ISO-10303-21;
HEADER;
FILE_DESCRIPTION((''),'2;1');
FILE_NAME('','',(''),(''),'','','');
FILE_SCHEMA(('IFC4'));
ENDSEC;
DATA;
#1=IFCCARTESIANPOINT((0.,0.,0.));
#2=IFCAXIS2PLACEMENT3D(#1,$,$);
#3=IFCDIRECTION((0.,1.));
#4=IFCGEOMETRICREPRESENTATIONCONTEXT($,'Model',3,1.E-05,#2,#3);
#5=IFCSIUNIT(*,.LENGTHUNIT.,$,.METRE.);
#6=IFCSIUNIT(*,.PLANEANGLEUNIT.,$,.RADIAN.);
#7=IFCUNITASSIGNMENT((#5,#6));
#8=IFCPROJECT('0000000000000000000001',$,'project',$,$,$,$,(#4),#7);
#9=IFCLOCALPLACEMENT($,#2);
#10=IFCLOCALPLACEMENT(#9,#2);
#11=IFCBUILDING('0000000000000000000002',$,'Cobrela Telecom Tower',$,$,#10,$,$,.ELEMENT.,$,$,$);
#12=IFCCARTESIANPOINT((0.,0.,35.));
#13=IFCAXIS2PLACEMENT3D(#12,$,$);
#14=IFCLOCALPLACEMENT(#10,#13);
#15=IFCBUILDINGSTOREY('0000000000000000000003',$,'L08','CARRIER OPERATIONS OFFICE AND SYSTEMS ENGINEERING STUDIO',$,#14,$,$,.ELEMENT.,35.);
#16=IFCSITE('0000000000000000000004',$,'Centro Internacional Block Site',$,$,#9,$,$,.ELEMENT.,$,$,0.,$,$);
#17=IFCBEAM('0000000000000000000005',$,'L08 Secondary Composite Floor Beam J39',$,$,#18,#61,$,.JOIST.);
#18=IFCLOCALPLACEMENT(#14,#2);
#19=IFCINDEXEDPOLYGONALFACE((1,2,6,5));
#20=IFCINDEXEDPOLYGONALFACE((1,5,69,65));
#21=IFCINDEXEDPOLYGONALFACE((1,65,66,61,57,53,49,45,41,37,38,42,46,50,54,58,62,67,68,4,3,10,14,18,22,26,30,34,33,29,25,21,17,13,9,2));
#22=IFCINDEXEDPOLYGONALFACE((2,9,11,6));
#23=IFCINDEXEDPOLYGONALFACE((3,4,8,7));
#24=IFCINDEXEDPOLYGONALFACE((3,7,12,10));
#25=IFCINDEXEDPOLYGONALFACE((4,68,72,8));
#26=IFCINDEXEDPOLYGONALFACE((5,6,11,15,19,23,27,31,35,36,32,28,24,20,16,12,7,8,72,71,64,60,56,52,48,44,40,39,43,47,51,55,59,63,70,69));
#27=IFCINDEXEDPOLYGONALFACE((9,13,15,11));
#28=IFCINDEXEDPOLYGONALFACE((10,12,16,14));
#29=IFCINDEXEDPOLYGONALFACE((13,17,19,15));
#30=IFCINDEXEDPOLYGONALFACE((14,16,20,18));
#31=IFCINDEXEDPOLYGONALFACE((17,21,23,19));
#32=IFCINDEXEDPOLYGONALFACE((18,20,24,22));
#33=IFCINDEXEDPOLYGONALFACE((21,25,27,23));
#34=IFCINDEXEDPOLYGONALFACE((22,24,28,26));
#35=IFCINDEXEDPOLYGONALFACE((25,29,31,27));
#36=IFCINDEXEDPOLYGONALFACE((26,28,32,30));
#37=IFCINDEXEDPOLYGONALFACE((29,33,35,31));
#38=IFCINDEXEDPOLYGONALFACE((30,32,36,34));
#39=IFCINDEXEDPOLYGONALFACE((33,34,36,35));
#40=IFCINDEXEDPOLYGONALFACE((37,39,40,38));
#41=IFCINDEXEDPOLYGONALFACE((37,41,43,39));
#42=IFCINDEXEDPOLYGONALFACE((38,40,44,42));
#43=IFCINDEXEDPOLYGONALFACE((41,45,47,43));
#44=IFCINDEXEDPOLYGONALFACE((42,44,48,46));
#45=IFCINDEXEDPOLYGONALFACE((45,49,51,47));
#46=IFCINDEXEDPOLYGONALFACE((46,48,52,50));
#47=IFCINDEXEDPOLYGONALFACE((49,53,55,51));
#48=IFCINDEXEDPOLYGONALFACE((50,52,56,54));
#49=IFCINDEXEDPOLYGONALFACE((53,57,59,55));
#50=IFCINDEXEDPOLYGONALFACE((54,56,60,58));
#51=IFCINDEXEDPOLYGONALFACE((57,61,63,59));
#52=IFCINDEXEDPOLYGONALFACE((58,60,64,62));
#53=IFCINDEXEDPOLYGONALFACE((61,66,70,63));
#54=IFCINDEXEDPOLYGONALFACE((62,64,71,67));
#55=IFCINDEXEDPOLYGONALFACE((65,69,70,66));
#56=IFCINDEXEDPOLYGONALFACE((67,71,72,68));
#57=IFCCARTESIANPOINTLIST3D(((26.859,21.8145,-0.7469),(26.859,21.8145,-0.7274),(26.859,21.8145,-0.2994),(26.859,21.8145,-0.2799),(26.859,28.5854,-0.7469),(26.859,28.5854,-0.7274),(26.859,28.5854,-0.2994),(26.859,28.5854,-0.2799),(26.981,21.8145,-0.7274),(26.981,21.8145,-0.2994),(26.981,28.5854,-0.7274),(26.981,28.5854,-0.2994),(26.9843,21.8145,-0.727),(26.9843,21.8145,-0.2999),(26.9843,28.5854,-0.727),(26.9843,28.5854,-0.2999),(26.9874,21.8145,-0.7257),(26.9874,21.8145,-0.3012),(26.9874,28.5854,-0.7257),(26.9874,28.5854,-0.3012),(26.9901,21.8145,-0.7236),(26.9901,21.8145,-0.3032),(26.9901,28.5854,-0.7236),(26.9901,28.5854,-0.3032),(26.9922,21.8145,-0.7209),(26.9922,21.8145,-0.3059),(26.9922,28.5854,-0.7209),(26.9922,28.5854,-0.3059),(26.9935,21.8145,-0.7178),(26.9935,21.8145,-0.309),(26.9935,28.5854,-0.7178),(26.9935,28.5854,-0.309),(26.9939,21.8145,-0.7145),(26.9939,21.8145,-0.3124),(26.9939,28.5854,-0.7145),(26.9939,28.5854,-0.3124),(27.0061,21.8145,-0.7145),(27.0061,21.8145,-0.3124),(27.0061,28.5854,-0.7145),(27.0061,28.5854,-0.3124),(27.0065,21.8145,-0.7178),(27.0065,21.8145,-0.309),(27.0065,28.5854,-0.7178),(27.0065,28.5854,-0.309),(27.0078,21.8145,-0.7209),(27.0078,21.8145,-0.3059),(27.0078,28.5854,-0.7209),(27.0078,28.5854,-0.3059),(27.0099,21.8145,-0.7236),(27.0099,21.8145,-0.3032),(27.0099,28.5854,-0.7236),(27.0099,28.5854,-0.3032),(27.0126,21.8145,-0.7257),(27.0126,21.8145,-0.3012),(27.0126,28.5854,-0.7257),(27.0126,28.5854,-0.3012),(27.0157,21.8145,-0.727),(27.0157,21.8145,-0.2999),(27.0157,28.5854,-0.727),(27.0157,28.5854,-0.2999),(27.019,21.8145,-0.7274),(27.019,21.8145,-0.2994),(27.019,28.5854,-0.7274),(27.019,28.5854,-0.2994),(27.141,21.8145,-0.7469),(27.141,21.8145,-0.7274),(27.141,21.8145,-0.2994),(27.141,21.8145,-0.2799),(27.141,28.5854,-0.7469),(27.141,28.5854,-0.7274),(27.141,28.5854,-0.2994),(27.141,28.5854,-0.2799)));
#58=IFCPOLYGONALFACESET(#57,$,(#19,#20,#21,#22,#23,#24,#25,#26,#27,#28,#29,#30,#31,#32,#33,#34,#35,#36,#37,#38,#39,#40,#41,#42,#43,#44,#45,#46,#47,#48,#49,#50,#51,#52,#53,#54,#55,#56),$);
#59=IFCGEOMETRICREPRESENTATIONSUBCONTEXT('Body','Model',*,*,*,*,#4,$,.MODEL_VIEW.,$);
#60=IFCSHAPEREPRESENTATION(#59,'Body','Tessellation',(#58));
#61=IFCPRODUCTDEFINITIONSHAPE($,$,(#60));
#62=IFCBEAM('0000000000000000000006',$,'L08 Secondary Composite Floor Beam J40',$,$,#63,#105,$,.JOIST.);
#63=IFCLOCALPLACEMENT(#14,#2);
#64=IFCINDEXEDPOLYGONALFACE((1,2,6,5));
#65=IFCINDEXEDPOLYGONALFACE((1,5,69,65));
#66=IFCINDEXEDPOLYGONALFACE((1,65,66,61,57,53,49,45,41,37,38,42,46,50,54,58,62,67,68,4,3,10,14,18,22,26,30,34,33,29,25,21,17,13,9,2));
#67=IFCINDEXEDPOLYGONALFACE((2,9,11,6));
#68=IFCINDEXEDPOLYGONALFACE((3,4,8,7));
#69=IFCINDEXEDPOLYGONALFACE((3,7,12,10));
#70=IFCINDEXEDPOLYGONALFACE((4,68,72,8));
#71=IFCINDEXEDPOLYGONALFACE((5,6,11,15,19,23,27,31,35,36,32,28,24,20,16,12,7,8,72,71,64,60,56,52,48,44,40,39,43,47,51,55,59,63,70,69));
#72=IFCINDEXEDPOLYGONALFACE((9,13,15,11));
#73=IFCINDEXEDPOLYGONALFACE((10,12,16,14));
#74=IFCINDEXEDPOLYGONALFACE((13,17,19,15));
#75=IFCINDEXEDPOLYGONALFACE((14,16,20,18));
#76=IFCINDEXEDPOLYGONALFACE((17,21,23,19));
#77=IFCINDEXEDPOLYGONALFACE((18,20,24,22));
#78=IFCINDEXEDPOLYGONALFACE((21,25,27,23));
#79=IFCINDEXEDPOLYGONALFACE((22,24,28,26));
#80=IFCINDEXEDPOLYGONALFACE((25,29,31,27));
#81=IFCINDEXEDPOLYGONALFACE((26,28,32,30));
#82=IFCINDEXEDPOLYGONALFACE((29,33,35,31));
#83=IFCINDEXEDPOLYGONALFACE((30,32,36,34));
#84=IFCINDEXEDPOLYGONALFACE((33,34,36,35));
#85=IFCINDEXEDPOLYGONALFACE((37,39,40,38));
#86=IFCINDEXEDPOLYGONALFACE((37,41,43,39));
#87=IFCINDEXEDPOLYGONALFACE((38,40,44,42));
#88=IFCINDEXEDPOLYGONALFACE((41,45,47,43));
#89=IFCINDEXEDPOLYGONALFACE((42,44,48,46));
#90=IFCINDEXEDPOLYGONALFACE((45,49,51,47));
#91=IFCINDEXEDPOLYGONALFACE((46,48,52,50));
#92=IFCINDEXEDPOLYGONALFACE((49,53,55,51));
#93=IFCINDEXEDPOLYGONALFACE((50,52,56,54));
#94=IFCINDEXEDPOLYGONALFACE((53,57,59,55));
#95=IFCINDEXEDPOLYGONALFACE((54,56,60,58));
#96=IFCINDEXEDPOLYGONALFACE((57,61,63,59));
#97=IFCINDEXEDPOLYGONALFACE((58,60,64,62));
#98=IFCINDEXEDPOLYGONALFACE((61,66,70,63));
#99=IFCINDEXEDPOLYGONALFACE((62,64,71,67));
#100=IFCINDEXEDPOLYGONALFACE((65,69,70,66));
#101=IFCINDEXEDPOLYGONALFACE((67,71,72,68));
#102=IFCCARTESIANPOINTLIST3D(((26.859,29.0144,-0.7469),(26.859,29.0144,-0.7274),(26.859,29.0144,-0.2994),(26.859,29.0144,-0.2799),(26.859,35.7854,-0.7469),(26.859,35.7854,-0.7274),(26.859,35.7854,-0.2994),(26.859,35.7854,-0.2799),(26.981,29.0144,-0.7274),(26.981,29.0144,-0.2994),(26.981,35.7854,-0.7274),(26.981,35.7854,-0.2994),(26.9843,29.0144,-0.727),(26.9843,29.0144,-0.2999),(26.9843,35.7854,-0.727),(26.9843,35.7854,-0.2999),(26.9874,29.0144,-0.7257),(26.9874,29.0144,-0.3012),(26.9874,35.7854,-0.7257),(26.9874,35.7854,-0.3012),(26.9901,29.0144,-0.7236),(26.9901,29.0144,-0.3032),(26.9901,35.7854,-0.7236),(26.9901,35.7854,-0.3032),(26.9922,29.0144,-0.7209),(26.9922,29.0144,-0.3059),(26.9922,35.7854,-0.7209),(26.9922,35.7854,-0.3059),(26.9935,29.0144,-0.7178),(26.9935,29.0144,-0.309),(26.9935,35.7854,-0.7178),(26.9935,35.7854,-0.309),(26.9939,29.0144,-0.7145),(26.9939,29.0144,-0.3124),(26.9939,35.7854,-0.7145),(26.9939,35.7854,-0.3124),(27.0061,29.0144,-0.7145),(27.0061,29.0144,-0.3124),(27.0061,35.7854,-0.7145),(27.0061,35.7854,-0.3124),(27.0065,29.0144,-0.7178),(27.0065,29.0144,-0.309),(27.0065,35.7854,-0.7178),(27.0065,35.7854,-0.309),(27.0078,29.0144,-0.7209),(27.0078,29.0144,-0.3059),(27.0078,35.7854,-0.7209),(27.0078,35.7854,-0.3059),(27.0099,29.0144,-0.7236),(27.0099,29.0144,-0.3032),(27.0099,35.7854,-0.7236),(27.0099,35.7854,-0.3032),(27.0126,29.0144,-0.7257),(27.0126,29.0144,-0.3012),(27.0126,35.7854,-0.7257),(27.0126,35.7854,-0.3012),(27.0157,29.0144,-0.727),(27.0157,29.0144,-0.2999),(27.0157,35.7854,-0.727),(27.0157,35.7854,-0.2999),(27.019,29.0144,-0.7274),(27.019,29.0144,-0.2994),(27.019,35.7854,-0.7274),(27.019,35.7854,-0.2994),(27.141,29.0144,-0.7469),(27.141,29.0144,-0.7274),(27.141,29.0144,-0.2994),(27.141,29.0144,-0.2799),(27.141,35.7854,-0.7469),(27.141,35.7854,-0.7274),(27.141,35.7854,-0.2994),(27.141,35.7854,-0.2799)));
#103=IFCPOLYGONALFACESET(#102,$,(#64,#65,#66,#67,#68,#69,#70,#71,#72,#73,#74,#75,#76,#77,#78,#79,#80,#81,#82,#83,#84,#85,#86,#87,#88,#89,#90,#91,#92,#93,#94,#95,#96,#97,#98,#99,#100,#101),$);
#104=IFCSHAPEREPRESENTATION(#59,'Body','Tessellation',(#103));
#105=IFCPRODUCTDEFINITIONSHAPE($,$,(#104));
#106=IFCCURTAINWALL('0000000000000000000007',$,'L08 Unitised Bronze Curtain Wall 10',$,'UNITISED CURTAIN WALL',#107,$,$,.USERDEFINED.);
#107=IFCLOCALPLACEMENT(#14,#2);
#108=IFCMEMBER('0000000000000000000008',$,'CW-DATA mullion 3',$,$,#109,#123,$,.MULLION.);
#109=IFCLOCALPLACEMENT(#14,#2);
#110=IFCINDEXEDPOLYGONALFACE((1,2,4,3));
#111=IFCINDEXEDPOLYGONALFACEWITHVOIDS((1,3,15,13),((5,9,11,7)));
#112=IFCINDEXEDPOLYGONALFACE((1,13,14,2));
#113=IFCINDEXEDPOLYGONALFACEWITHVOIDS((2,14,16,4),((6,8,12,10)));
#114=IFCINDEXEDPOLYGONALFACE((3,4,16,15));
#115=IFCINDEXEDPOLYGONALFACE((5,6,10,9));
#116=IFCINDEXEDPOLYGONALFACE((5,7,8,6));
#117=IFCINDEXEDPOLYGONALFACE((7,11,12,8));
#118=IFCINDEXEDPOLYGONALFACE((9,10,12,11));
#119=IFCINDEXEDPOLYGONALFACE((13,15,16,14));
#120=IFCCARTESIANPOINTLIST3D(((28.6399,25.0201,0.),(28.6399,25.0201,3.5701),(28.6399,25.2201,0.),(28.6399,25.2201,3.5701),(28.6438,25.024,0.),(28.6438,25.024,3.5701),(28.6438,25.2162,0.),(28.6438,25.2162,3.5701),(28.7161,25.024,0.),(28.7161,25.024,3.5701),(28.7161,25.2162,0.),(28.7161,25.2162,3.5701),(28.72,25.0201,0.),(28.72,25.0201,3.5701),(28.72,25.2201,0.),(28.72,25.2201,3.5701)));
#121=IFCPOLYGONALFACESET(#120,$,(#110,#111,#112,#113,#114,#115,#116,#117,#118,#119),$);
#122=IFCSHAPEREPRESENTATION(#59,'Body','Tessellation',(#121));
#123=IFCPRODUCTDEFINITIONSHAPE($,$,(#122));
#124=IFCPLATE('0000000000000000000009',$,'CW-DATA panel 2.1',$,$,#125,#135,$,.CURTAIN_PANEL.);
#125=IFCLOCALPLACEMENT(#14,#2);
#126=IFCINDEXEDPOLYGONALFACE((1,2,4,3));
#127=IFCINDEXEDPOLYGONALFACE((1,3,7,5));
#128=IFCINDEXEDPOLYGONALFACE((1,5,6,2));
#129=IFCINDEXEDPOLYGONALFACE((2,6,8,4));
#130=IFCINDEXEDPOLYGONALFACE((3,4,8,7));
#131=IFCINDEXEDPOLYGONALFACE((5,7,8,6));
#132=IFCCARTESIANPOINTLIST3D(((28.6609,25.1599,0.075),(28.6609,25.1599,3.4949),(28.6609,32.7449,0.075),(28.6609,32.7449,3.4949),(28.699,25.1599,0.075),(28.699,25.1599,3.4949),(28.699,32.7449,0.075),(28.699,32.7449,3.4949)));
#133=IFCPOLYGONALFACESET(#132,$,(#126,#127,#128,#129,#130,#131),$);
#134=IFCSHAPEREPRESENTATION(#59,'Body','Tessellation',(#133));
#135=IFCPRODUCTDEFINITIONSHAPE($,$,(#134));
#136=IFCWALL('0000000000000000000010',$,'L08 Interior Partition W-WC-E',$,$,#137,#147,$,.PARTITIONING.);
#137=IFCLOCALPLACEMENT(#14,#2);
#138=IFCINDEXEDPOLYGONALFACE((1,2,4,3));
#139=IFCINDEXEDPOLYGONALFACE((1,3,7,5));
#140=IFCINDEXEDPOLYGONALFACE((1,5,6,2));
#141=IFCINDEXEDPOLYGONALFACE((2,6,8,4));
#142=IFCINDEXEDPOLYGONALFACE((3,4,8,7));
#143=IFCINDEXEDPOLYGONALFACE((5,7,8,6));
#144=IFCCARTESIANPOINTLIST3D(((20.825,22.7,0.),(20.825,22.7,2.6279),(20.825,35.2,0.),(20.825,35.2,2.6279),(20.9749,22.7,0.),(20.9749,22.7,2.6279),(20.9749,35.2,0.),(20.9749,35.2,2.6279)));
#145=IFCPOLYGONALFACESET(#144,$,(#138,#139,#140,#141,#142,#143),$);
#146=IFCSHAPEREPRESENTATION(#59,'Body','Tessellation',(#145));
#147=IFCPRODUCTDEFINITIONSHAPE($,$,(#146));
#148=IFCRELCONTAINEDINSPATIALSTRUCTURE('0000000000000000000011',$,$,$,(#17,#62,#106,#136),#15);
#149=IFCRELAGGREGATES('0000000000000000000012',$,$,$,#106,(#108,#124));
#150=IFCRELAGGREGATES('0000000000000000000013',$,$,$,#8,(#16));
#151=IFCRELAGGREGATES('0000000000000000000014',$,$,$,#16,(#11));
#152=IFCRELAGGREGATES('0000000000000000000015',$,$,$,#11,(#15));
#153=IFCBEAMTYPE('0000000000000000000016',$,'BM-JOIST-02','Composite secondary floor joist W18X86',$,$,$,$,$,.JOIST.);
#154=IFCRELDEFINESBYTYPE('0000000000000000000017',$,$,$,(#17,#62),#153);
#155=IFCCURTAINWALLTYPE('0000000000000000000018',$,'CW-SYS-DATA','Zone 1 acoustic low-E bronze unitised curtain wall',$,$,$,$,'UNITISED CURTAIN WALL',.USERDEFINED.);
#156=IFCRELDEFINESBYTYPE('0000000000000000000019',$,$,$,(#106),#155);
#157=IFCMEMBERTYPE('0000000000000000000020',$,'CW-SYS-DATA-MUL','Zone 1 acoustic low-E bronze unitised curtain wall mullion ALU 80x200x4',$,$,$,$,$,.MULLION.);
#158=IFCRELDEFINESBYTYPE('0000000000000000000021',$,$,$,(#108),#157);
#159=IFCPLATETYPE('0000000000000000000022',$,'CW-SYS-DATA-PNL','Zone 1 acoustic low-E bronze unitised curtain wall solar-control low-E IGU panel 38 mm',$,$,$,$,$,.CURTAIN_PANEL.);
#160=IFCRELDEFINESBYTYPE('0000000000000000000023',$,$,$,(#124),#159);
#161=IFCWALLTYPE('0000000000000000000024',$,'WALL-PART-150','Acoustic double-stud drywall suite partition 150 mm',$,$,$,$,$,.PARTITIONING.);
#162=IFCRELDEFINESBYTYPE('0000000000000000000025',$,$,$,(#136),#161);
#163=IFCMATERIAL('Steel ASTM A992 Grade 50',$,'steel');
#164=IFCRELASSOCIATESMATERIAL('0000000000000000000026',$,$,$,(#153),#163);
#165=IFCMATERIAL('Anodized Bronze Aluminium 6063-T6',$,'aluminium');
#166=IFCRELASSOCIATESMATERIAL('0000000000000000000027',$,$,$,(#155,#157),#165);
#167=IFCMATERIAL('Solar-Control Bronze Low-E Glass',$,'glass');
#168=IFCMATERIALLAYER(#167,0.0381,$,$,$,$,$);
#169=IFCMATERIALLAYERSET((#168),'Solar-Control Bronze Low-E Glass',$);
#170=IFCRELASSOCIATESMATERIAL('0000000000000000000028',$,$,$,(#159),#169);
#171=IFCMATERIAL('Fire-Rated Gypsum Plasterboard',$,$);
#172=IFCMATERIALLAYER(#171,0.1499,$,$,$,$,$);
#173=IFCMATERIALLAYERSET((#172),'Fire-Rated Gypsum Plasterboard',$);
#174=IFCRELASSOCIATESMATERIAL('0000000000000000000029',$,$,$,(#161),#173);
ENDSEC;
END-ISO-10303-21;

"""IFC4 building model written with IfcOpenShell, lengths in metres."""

from ifc_helpers import new_model, si_unit, direction, frame, frame_2d, origin, origin_2d, place, context, subcontext, project, spatial, rectangle, hollow_rectangle, i_section, extrude, material, layer, layer_set, material_profile, profile_set, type_object, element, aggregate, save


model = new_model("IFC4")

# Units and contexts
model_context = context("Model", 3, precision=1e-05, world=origin(), true_north=direction((0.0, 1.0)))
body_context = subcontext(model_context, "Body", "Model", "MODEL_VIEW")
ifc_project = project(units=[si_unit("LENGTHUNIT", "METRE"), si_unit("PLANEANGLEUNIT", "RADIAN")], contexts=[model_context])

# Site, building, storey
site_placement = place(None, origin())
site = spatial("IfcSite", under=ifc_project, at=site_placement, Name="Centro Internacional Block Site", CompositionType="ELEMENT", RefElevation=0.0)
building_placement = place(site_placement, origin())
building = spatial("IfcBuilding", under=site, at=building_placement, Name="Cobrela Telecom Tower", CompositionType="ELEMENT")
storey_placement = place(building_placement, frame((0.0, 0.0, 35.0)))
storey = spatial("IfcBuildingStorey", under=building, at=storey_placement, Name="L08", Description="CARRIER OPERATIONS OFFICE AND SYSTEMS ENGINEERING STUDIO", CompositionType="ELEMENT", Elevation=35.0)

# Shared definitions
ifc_material_1 = material(Name="Steel ASTM A992 Grade 50", Category="steel")

# Beams
ifc_material_profile_1 = material_profile(ifc_material_1, i_section(OverallWidth=0.282, OverallDepth=0.467, WebThickness=0.0122, FlangeThickness=0.0195, FilletRadius=0.0129, at=origin_2d()), Name="W18X86")
ifc_profile_set_1 = profile_set([ifc_material_profile_1], Name="Steel ASTM A992 Grade 50")
beam_type_1 = type_object("IfcBeamType", Name="BM-JOIST-02", Description="Composite secondary floor joist W18X86", PredefinedType="JOIST", material=ifc_profile_set_1)
for number, where, z_axis, x_axis, name in (
    (1, (27.0, 21.8145, -0.5134), (0.0, 1.0, 0.0), (-1.0, 0.0, 0.0), "L08 Secondary Composite Floor Beam J39"),
    (2, (27.0, 29.0144, -0.5134), (0.0, 1.0, 0.0), (-1.0, 0.0, 0.0), "L08 Secondary Composite Floor Beam J40"),
):
    element("IfcBeam", number, at=place(storey_placement, frame(where, z_axis=z_axis, x_axis=x_axis)), inside=storey, type_object=beam_type_1, Name=name, PredefinedType="JOIST", context=body_context, shape_type="SweptSolid", body=[
        extrude(i_section(OverallWidth=0.282, OverallDepth=0.467, WebThickness=0.0122, FlangeThickness=0.0195, FilletRadius=0.0129, at=origin_2d()), origin(), (0.0, 0.0, 1.0), 6.771),
    ])

# Curtain wall, member, plate
ifc_material_2 = material(Name="Anodized Bronze Aluminium 6063-T6", Category="aluminium")
curtain_wall_type = type_object("IfcCurtainWallType", Name="CW-SYS-DATA", Description="Zone 1 acoustic low-E bronze unitised curtain wall", ElementType="UNITISED CURTAIN WALL", PredefinedType="USERDEFINED", material=ifc_material_2)
curtain_wall_placement = place(storey_placement, origin())
curtain_wall = element("IfcCurtainWall", 3, at=curtain_wall_placement, inside=storey, type_object=curtain_wall_type, Name="L08 Unitised Bronze Curtain Wall 10", ObjectType="UNITISED CURTAIN WALL", PredefinedType="USERDEFINED")
ifc_material_profile_2 = material_profile(ifc_material_2, hollow_rectangle(XDim=0.0801, YDim=0.2, WallThickness=0.0039, at=origin_2d()), Name="ALU 80x200x4")
ifc_profile_set_2 = profile_set([ifc_material_profile_2], Name="Anodized Bronze Aluminium 6063-T6")
member_type = type_object("IfcMemberType", Name="CW-SYS-DATA-MUL", Description="Zone 1 acoustic low-E bronze unitised curtain wall mullion ALU 80x200x4", PredefinedType="MULLION", material=ifc_profile_set_2)
member_placement = place(storey_placement, frame((28.6799, 25.1201, 0.0), z_axis=(0.0, 0.0, 1.0), x_axis=(1.0, 0.0, 0.0)))
member = element("IfcMember", 4, at=member_placement, type_object=member_type, Name="CW-DATA mullion 3", PredefinedType="MULLION", context=body_context, shape_type="SweptSolid", body=[
    extrude(hollow_rectangle(XDim=0.0801, YDim=0.2, WallThickness=0.0039, at=origin_2d()), origin(), (0.0, 0.0, 1.0), 3.5701),
])
ifc_material_3 = material(Name="Solar-Control Bronze Low-E Glass", Category="glass")
ifc_layer_1 = layer(ifc_material_3, 0.0381)
ifc_layer_set_1 = layer_set([ifc_layer_1], Name="Solar-Control Bronze Low-E Glass")
plate_type = type_object("IfcPlateType", Name="CW-SYS-DATA-PNL", Description="Zone 1 acoustic low-E bronze unitised curtain wall solar-control low-E IGU panel 38 mm", PredefinedType="CURTAIN_PANEL", material=ifc_layer_set_1)
plate_placement = place(storey_placement, frame((28.6799, 28.9524, 0.075), z_axis=(0.0, 0.0, 1.0), x_axis=(0.0, -1.0, 0.0)))
plate = element("IfcPlate", 5, at=plate_placement, type_object=plate_type, Name="CW-DATA panel 2.1", PredefinedType="CURTAIN_PANEL", context=body_context, shape_type="SweptSolid", body=[
    extrude(rectangle(XDim=7.585, YDim=0.0381, at=origin_2d()), origin(), (0.0, 0.0, 1.0), 3.4199),
])
aggregate(curtain_wall, [member, plate])

# Wall
ifc_material_4 = material(Name="Fire-Rated Gypsum Plasterboard")
ifc_layer_2 = layer(ifc_material_4, 0.1499)
ifc_layer_set_2 = layer_set([ifc_layer_2], Name="Fire-Rated Gypsum Plasterboard")
wall_type = type_object("IfcWallType", Name="WALL-PART-150", Description="Acoustic double-stud drywall suite partition 150 mm", PredefinedType="PARTITIONING", material=ifc_layer_set_2)
wall_placement = place(storey_placement, frame((20.8999, 22.7, 0.0), z_axis=(0.0, 0.0, 1.0), x_axis=(0.0, 1.0, 0.0)))
element("IfcWall", 6, at=wall_placement, inside=storey, type_object=wall_type, Name="L08 Interior Partition W-WC-E", PredefinedType="PARTITIONING", context=body_context, shape_type="SweptSolid", body=[
    extrude(rectangle(XDim=12.5, YDim=0.1499, at=frame_2d((6.25, 0.0))), origin(), (0.0, 0.0, 1.0), 2.6279),
])

save(model, "model.ifc")
